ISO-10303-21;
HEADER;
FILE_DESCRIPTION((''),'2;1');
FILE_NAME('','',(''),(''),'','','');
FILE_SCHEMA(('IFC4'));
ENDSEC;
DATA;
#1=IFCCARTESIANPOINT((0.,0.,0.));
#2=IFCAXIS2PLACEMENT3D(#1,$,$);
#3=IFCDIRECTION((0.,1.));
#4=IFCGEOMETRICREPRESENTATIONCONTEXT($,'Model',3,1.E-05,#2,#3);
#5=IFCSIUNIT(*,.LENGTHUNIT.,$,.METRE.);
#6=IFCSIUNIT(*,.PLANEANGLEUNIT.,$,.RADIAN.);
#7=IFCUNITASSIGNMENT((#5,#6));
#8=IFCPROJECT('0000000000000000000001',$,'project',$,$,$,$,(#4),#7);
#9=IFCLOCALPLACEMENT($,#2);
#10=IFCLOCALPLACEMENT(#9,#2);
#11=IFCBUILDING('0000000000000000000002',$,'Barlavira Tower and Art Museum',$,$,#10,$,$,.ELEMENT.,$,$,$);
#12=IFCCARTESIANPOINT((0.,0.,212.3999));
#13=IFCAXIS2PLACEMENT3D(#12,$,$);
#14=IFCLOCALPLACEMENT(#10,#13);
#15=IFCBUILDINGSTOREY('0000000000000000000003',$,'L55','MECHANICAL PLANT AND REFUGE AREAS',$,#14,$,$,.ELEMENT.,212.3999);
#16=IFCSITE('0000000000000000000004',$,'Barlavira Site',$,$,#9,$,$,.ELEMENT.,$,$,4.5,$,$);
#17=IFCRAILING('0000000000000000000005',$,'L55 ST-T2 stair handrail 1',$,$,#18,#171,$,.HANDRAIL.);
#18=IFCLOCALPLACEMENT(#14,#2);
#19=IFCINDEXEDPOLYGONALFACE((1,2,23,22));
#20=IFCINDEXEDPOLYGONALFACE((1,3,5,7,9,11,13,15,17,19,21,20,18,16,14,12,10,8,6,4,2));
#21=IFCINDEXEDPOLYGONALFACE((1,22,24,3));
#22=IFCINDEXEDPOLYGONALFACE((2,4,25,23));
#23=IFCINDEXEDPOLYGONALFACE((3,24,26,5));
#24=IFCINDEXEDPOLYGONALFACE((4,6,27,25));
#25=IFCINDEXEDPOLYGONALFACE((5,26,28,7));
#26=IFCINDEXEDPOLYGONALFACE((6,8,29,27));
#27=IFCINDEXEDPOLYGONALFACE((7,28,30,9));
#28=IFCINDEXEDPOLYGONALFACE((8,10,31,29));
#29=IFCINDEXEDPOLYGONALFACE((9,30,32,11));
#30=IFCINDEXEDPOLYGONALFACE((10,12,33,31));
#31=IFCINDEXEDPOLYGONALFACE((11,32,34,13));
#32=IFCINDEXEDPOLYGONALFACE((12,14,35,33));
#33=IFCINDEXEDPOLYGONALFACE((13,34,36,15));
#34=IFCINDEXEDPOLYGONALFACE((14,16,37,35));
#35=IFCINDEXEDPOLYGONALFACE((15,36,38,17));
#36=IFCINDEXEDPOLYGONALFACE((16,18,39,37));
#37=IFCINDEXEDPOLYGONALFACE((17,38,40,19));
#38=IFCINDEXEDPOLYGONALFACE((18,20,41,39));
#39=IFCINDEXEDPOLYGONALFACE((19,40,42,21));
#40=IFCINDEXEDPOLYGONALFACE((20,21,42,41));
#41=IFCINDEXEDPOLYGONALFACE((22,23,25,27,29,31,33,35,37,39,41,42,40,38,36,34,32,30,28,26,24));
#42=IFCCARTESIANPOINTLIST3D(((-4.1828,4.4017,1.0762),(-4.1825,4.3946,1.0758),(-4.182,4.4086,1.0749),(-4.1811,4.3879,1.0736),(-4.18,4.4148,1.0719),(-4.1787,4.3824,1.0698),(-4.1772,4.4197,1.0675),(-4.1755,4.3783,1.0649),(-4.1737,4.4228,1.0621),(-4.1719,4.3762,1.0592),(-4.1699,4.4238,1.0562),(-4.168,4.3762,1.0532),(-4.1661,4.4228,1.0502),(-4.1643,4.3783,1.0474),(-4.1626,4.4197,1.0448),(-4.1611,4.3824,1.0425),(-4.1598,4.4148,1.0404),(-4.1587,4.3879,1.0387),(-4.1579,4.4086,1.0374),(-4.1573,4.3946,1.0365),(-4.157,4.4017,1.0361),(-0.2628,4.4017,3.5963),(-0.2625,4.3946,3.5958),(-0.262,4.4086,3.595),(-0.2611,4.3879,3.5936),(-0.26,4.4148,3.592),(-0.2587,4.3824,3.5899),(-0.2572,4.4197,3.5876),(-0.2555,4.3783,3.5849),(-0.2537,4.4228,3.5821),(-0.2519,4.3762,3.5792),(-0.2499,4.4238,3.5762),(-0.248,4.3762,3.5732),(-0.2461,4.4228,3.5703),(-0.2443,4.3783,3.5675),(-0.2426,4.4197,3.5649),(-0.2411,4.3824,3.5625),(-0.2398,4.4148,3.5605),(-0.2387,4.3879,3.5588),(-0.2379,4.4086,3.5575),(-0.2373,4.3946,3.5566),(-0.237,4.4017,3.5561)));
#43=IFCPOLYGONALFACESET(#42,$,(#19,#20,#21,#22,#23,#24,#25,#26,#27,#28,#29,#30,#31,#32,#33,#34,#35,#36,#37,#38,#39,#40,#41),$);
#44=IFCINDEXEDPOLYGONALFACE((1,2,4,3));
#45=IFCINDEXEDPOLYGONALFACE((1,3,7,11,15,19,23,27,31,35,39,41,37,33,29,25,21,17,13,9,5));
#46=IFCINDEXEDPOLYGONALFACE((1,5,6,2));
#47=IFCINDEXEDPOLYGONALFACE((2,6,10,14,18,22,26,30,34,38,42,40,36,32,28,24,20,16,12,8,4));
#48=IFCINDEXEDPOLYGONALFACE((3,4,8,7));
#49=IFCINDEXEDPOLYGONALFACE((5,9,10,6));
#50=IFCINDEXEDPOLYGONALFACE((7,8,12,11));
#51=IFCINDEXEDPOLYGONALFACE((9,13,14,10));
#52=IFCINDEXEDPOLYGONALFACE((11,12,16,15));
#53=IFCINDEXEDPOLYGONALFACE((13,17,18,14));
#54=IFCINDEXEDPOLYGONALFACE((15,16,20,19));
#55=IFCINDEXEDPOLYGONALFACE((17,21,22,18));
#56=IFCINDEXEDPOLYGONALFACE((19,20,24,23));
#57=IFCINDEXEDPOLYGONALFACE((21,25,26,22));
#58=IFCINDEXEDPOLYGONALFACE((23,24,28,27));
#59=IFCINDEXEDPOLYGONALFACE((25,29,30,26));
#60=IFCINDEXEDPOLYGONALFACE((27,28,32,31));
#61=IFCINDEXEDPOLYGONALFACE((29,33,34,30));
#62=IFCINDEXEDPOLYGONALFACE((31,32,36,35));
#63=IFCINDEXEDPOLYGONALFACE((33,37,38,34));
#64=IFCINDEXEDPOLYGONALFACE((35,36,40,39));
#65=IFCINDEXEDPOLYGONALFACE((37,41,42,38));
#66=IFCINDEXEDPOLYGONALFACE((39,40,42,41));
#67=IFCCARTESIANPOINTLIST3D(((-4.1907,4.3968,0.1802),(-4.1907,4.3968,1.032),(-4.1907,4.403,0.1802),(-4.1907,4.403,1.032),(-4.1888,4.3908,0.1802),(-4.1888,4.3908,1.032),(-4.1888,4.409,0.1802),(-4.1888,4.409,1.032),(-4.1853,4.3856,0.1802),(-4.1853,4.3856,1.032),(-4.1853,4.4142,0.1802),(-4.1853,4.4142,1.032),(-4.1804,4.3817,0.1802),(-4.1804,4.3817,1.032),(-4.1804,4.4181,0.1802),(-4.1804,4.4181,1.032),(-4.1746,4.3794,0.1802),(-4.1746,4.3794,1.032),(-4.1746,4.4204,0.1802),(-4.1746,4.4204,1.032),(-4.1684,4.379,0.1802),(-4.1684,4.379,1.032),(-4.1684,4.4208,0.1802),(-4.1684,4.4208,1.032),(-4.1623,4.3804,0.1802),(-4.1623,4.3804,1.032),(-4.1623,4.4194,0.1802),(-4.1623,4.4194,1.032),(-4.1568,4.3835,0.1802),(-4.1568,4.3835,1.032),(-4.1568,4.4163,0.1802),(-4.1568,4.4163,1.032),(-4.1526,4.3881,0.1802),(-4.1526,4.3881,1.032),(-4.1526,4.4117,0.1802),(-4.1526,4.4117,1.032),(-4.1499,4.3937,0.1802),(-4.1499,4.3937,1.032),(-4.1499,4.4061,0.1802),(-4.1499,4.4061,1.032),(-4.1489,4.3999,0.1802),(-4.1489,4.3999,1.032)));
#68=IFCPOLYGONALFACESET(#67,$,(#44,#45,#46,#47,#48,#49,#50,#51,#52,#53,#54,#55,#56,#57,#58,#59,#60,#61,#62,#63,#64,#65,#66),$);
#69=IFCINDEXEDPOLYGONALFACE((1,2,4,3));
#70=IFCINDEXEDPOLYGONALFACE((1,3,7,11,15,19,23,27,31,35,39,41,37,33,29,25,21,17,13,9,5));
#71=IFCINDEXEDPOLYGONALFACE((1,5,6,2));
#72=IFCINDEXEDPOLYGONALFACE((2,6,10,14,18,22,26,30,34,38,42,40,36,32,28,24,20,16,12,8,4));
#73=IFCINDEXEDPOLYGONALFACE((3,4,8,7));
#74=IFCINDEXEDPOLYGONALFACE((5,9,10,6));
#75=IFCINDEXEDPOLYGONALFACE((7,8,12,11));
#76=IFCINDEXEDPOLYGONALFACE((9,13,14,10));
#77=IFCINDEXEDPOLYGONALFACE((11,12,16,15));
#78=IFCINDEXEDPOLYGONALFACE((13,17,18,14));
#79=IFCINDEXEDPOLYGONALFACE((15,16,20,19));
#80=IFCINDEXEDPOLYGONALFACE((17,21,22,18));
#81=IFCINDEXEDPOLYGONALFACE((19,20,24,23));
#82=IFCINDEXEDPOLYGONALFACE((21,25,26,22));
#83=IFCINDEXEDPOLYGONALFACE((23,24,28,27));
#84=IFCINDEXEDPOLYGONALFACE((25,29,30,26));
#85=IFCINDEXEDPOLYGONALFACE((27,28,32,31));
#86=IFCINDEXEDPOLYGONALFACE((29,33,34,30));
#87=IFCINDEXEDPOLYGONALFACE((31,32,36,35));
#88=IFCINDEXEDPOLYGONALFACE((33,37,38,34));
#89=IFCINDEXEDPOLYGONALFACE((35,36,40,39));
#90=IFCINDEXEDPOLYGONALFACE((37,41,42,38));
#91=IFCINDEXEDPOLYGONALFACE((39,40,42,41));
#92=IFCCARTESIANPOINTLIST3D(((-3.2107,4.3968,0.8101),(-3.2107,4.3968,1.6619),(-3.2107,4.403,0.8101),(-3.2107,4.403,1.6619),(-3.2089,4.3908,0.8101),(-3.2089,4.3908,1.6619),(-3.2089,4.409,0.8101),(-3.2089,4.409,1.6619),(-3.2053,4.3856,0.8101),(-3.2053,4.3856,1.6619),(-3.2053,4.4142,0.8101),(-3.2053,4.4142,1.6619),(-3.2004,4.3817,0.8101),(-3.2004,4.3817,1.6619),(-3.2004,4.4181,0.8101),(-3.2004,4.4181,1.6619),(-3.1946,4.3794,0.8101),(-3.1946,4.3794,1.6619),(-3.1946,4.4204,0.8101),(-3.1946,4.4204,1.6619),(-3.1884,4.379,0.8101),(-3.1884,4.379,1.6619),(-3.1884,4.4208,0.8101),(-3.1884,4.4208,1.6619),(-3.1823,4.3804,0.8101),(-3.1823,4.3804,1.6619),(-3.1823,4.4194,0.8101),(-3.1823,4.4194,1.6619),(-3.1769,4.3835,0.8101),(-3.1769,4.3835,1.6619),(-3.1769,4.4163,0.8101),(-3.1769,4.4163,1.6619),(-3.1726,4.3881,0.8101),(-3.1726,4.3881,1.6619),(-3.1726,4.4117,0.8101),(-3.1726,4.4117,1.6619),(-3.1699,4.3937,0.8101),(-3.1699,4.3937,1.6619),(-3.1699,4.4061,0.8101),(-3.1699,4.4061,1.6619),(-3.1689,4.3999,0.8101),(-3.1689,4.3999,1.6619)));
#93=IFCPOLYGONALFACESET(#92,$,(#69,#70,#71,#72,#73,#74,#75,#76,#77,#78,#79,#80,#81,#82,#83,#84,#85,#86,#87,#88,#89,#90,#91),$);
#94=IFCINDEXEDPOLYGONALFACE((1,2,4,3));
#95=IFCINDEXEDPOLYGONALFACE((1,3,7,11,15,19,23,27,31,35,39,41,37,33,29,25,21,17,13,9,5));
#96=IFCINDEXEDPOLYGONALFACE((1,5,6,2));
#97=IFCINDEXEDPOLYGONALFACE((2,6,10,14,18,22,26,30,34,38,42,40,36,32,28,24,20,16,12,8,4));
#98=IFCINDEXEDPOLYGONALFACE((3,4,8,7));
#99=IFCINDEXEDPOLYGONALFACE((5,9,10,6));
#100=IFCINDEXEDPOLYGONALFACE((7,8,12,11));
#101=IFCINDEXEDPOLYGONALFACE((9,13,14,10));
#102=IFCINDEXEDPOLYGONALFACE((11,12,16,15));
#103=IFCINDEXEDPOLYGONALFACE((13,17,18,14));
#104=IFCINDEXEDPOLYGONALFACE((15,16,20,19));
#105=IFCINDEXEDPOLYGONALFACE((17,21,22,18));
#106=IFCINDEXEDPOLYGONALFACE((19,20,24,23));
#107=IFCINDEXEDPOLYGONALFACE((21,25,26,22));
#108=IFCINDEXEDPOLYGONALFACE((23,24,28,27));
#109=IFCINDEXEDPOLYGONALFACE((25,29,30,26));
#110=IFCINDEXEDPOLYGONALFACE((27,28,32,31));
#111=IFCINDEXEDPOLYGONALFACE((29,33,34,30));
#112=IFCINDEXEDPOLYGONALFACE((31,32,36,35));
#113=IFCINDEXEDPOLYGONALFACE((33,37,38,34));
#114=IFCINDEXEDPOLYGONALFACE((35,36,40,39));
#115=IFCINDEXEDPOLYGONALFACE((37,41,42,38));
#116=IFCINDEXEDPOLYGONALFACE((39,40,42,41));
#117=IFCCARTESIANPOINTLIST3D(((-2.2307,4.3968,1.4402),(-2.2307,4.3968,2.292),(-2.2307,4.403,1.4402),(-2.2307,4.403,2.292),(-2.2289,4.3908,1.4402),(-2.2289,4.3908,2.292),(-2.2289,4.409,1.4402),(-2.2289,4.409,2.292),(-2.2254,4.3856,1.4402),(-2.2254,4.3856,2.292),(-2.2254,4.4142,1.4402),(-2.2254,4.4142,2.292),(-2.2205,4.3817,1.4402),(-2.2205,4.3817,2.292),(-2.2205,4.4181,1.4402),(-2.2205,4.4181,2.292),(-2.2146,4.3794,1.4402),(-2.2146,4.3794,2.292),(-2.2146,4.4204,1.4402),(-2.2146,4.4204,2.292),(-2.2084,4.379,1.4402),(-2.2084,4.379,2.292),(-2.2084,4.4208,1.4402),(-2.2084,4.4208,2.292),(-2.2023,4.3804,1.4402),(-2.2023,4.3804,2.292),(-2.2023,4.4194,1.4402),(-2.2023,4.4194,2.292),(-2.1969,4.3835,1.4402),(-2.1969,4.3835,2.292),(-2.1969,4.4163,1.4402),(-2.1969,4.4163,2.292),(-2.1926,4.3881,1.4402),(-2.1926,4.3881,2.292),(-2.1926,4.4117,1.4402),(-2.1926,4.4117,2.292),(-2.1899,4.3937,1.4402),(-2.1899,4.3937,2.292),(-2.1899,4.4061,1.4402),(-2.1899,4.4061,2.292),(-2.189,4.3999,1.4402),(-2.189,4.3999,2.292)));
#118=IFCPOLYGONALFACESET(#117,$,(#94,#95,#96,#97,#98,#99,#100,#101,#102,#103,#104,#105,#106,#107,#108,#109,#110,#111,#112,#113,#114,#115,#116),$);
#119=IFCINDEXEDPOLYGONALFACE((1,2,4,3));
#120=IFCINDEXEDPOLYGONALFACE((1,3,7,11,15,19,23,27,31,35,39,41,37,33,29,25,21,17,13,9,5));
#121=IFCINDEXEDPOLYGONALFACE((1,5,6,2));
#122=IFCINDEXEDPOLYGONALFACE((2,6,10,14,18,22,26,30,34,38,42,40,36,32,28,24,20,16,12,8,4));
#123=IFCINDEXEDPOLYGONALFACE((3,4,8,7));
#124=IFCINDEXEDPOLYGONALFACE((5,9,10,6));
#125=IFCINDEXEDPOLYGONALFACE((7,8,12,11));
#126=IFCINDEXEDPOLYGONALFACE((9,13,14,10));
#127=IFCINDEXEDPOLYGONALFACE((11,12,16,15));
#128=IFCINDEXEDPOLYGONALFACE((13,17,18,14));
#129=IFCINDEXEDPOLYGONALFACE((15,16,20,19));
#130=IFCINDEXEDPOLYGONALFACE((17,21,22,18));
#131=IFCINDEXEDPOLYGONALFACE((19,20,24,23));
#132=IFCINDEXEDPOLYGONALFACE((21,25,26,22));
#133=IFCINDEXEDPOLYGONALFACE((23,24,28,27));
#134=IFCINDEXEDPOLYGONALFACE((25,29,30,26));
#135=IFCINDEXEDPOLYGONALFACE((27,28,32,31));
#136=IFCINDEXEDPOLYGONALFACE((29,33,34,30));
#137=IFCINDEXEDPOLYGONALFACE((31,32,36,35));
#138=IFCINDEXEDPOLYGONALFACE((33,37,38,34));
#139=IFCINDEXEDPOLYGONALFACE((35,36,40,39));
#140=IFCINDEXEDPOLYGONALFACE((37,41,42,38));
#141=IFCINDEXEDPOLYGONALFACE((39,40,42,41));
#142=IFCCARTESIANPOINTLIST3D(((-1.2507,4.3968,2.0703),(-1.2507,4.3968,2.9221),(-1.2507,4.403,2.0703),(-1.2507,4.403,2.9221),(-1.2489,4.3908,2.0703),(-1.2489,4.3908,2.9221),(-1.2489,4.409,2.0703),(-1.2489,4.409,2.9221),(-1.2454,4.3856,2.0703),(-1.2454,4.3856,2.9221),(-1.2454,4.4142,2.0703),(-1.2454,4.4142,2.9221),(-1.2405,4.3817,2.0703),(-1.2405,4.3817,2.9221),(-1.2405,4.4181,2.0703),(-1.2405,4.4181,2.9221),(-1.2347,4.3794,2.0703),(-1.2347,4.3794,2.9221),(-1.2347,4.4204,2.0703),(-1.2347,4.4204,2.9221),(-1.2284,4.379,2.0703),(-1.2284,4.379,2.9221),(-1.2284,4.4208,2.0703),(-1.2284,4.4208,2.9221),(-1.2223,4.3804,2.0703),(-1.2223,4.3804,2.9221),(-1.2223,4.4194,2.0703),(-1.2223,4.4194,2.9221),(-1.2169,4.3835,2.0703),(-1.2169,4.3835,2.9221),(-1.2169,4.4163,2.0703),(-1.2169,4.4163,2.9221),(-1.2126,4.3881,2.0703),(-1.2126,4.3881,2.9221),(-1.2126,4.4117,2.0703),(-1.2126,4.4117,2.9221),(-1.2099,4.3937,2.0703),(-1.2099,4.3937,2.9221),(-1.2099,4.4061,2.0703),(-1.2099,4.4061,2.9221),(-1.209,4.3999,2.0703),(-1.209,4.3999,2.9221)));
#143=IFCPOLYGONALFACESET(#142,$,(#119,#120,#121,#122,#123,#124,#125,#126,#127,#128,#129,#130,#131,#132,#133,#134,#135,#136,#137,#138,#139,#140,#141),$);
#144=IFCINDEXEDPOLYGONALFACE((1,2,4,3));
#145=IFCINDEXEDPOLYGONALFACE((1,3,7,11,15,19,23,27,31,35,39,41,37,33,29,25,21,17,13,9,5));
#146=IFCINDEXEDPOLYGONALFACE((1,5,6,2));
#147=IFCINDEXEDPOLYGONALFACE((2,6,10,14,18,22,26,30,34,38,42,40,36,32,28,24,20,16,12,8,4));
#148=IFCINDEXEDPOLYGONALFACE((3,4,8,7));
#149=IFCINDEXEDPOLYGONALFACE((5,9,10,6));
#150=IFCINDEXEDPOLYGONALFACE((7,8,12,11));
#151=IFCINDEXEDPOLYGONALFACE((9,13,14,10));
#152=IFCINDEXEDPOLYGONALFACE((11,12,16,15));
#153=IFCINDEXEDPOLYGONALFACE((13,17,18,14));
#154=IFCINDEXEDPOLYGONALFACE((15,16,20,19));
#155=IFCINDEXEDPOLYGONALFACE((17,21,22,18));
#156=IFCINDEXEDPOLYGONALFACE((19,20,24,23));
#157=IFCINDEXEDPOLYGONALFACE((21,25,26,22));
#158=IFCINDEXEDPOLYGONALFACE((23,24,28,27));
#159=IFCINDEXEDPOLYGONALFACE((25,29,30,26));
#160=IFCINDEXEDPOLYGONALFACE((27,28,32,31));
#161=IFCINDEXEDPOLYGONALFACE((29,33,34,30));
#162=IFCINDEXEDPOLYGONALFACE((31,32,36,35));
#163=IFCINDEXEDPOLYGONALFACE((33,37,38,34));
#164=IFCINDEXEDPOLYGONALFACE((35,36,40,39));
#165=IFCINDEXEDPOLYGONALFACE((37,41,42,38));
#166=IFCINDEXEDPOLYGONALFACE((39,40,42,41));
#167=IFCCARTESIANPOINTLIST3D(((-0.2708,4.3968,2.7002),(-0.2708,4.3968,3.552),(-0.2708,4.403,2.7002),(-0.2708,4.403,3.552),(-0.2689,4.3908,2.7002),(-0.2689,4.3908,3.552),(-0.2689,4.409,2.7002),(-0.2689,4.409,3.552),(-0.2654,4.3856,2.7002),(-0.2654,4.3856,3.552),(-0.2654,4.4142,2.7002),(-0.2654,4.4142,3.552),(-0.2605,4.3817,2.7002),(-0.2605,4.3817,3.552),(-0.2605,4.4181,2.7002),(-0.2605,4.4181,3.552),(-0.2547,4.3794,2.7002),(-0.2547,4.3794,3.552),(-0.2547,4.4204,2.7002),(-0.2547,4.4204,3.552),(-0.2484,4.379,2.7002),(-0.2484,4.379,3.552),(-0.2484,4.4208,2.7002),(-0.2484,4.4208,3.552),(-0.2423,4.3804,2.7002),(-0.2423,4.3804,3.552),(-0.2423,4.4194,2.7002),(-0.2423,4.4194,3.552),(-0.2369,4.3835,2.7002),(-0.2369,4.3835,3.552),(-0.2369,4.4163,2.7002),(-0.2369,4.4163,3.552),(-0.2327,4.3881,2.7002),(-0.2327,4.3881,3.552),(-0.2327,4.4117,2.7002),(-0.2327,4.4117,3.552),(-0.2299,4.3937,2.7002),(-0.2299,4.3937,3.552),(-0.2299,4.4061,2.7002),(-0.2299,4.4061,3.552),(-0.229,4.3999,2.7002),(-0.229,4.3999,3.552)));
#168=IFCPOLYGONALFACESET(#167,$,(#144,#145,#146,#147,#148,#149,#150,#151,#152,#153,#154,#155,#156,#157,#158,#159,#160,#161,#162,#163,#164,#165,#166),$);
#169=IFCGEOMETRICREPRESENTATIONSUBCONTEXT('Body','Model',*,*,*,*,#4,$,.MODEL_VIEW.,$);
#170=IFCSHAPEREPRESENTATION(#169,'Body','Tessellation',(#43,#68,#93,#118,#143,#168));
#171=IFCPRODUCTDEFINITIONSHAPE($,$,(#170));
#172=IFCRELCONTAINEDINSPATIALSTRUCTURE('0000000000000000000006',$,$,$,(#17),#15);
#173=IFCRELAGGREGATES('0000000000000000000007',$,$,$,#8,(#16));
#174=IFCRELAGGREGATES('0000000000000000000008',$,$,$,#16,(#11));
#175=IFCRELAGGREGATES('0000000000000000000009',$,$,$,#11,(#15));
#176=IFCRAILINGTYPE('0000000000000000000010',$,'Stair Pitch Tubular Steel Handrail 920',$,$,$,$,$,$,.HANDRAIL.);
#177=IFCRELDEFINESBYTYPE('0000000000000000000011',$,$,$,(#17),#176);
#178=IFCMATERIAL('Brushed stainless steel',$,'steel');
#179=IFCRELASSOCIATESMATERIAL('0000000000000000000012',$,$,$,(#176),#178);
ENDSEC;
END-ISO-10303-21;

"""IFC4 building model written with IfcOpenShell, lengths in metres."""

from ifc_helpers import new_model, si_unit, direction, frame, origin, origin_2d, place, context, subcontext, project, spatial, circle, extrude, material, type_object, element, save


model = new_model("IFC4")

# Units and contexts
model_context = context("Model", 3, precision=1e-05, world=origin(), true_north=direction((0.0, 1.0)))
body_context = subcontext(model_context, "Body", "Model", "MODEL_VIEW")
ifc_project = project(units=[si_unit("LENGTHUNIT", "METRE"), si_unit("PLANEANGLEUNIT", "RADIAN")], contexts=[model_context])

# Site, building, storey
site_placement = place(None, origin())
site = spatial("IfcSite", under=ifc_project, at=site_placement, Name="Barlavira Site", CompositionType="ELEMENT", RefElevation=4.5)
building_placement = place(site_placement, origin())
building = spatial("IfcBuilding", under=site, at=building_placement, Name="Barlavira Tower and Art Museum", CompositionType="ELEMENT")
storey_placement = place(building_placement, frame((0.0, 0.0, 212.3999)))
storey = spatial("IfcBuildingStorey", under=building, at=storey_placement, Name="L55", Description="MECHANICAL PLANT AND REFUGE AREAS", CompositionType="ELEMENT", Elevation=212.3999)

# Shared definitions
ifc_material_1 = material(Name="Brushed stainless steel", Category="steel")

# Railing
railing_type_1 = type_object("IfcRailingType", Name="Stair Pitch Tubular Steel Handrail 920", PredefinedType="HANDRAIL", material=ifc_material_1)
railing_1_placement = place(storey_placement, frame((-4.1699, 4.3999, 0.1802)))
element("IfcRailing", 1, at=railing_1_placement, inside=storey, type_object=railing_type_1, Name="L55 ST-T2 stair handrail 1", PredefinedType="HANDRAIL", context=body_context, shape_type="SweptSolid", body=[
    extrude(circle(Radius=0.0239, at=origin_2d()), frame((0.0, 0.0, 0.876), z_axis=(0.841172, 0.0, 0.540768), x_axis=(0.0, 1.0, 0.0)), (0.0, 0.0, 1.0), 4.6602),
    extrude(circle(Radius=0.021, at=origin_2d()), origin(), (0.0, 0.0, 1.0), 0.8518),
    extrude(circle(Radius=0.021, at=origin_2d()), frame((0.98, 0.0, 0.6299)), (0.0, 0.0, 1.0), 0.8518),
    extrude(circle(Radius=0.021, at=origin_2d()), frame((1.96, 0.0, 1.26)), (0.0, 0.0, 1.0), 0.8518),
    extrude(circle(Radius=0.021, at=origin_2d()), frame((2.9399, 0.0, 1.8901)), (0.0, 0.0, 1.0), 0.8518),
    extrude(circle(Radius=0.021, at=origin_2d()), frame((3.9199, 0.0, 2.52)), (0.0, 0.0, 1.0), 0.8518),
])

save(model, "model.ifc")
